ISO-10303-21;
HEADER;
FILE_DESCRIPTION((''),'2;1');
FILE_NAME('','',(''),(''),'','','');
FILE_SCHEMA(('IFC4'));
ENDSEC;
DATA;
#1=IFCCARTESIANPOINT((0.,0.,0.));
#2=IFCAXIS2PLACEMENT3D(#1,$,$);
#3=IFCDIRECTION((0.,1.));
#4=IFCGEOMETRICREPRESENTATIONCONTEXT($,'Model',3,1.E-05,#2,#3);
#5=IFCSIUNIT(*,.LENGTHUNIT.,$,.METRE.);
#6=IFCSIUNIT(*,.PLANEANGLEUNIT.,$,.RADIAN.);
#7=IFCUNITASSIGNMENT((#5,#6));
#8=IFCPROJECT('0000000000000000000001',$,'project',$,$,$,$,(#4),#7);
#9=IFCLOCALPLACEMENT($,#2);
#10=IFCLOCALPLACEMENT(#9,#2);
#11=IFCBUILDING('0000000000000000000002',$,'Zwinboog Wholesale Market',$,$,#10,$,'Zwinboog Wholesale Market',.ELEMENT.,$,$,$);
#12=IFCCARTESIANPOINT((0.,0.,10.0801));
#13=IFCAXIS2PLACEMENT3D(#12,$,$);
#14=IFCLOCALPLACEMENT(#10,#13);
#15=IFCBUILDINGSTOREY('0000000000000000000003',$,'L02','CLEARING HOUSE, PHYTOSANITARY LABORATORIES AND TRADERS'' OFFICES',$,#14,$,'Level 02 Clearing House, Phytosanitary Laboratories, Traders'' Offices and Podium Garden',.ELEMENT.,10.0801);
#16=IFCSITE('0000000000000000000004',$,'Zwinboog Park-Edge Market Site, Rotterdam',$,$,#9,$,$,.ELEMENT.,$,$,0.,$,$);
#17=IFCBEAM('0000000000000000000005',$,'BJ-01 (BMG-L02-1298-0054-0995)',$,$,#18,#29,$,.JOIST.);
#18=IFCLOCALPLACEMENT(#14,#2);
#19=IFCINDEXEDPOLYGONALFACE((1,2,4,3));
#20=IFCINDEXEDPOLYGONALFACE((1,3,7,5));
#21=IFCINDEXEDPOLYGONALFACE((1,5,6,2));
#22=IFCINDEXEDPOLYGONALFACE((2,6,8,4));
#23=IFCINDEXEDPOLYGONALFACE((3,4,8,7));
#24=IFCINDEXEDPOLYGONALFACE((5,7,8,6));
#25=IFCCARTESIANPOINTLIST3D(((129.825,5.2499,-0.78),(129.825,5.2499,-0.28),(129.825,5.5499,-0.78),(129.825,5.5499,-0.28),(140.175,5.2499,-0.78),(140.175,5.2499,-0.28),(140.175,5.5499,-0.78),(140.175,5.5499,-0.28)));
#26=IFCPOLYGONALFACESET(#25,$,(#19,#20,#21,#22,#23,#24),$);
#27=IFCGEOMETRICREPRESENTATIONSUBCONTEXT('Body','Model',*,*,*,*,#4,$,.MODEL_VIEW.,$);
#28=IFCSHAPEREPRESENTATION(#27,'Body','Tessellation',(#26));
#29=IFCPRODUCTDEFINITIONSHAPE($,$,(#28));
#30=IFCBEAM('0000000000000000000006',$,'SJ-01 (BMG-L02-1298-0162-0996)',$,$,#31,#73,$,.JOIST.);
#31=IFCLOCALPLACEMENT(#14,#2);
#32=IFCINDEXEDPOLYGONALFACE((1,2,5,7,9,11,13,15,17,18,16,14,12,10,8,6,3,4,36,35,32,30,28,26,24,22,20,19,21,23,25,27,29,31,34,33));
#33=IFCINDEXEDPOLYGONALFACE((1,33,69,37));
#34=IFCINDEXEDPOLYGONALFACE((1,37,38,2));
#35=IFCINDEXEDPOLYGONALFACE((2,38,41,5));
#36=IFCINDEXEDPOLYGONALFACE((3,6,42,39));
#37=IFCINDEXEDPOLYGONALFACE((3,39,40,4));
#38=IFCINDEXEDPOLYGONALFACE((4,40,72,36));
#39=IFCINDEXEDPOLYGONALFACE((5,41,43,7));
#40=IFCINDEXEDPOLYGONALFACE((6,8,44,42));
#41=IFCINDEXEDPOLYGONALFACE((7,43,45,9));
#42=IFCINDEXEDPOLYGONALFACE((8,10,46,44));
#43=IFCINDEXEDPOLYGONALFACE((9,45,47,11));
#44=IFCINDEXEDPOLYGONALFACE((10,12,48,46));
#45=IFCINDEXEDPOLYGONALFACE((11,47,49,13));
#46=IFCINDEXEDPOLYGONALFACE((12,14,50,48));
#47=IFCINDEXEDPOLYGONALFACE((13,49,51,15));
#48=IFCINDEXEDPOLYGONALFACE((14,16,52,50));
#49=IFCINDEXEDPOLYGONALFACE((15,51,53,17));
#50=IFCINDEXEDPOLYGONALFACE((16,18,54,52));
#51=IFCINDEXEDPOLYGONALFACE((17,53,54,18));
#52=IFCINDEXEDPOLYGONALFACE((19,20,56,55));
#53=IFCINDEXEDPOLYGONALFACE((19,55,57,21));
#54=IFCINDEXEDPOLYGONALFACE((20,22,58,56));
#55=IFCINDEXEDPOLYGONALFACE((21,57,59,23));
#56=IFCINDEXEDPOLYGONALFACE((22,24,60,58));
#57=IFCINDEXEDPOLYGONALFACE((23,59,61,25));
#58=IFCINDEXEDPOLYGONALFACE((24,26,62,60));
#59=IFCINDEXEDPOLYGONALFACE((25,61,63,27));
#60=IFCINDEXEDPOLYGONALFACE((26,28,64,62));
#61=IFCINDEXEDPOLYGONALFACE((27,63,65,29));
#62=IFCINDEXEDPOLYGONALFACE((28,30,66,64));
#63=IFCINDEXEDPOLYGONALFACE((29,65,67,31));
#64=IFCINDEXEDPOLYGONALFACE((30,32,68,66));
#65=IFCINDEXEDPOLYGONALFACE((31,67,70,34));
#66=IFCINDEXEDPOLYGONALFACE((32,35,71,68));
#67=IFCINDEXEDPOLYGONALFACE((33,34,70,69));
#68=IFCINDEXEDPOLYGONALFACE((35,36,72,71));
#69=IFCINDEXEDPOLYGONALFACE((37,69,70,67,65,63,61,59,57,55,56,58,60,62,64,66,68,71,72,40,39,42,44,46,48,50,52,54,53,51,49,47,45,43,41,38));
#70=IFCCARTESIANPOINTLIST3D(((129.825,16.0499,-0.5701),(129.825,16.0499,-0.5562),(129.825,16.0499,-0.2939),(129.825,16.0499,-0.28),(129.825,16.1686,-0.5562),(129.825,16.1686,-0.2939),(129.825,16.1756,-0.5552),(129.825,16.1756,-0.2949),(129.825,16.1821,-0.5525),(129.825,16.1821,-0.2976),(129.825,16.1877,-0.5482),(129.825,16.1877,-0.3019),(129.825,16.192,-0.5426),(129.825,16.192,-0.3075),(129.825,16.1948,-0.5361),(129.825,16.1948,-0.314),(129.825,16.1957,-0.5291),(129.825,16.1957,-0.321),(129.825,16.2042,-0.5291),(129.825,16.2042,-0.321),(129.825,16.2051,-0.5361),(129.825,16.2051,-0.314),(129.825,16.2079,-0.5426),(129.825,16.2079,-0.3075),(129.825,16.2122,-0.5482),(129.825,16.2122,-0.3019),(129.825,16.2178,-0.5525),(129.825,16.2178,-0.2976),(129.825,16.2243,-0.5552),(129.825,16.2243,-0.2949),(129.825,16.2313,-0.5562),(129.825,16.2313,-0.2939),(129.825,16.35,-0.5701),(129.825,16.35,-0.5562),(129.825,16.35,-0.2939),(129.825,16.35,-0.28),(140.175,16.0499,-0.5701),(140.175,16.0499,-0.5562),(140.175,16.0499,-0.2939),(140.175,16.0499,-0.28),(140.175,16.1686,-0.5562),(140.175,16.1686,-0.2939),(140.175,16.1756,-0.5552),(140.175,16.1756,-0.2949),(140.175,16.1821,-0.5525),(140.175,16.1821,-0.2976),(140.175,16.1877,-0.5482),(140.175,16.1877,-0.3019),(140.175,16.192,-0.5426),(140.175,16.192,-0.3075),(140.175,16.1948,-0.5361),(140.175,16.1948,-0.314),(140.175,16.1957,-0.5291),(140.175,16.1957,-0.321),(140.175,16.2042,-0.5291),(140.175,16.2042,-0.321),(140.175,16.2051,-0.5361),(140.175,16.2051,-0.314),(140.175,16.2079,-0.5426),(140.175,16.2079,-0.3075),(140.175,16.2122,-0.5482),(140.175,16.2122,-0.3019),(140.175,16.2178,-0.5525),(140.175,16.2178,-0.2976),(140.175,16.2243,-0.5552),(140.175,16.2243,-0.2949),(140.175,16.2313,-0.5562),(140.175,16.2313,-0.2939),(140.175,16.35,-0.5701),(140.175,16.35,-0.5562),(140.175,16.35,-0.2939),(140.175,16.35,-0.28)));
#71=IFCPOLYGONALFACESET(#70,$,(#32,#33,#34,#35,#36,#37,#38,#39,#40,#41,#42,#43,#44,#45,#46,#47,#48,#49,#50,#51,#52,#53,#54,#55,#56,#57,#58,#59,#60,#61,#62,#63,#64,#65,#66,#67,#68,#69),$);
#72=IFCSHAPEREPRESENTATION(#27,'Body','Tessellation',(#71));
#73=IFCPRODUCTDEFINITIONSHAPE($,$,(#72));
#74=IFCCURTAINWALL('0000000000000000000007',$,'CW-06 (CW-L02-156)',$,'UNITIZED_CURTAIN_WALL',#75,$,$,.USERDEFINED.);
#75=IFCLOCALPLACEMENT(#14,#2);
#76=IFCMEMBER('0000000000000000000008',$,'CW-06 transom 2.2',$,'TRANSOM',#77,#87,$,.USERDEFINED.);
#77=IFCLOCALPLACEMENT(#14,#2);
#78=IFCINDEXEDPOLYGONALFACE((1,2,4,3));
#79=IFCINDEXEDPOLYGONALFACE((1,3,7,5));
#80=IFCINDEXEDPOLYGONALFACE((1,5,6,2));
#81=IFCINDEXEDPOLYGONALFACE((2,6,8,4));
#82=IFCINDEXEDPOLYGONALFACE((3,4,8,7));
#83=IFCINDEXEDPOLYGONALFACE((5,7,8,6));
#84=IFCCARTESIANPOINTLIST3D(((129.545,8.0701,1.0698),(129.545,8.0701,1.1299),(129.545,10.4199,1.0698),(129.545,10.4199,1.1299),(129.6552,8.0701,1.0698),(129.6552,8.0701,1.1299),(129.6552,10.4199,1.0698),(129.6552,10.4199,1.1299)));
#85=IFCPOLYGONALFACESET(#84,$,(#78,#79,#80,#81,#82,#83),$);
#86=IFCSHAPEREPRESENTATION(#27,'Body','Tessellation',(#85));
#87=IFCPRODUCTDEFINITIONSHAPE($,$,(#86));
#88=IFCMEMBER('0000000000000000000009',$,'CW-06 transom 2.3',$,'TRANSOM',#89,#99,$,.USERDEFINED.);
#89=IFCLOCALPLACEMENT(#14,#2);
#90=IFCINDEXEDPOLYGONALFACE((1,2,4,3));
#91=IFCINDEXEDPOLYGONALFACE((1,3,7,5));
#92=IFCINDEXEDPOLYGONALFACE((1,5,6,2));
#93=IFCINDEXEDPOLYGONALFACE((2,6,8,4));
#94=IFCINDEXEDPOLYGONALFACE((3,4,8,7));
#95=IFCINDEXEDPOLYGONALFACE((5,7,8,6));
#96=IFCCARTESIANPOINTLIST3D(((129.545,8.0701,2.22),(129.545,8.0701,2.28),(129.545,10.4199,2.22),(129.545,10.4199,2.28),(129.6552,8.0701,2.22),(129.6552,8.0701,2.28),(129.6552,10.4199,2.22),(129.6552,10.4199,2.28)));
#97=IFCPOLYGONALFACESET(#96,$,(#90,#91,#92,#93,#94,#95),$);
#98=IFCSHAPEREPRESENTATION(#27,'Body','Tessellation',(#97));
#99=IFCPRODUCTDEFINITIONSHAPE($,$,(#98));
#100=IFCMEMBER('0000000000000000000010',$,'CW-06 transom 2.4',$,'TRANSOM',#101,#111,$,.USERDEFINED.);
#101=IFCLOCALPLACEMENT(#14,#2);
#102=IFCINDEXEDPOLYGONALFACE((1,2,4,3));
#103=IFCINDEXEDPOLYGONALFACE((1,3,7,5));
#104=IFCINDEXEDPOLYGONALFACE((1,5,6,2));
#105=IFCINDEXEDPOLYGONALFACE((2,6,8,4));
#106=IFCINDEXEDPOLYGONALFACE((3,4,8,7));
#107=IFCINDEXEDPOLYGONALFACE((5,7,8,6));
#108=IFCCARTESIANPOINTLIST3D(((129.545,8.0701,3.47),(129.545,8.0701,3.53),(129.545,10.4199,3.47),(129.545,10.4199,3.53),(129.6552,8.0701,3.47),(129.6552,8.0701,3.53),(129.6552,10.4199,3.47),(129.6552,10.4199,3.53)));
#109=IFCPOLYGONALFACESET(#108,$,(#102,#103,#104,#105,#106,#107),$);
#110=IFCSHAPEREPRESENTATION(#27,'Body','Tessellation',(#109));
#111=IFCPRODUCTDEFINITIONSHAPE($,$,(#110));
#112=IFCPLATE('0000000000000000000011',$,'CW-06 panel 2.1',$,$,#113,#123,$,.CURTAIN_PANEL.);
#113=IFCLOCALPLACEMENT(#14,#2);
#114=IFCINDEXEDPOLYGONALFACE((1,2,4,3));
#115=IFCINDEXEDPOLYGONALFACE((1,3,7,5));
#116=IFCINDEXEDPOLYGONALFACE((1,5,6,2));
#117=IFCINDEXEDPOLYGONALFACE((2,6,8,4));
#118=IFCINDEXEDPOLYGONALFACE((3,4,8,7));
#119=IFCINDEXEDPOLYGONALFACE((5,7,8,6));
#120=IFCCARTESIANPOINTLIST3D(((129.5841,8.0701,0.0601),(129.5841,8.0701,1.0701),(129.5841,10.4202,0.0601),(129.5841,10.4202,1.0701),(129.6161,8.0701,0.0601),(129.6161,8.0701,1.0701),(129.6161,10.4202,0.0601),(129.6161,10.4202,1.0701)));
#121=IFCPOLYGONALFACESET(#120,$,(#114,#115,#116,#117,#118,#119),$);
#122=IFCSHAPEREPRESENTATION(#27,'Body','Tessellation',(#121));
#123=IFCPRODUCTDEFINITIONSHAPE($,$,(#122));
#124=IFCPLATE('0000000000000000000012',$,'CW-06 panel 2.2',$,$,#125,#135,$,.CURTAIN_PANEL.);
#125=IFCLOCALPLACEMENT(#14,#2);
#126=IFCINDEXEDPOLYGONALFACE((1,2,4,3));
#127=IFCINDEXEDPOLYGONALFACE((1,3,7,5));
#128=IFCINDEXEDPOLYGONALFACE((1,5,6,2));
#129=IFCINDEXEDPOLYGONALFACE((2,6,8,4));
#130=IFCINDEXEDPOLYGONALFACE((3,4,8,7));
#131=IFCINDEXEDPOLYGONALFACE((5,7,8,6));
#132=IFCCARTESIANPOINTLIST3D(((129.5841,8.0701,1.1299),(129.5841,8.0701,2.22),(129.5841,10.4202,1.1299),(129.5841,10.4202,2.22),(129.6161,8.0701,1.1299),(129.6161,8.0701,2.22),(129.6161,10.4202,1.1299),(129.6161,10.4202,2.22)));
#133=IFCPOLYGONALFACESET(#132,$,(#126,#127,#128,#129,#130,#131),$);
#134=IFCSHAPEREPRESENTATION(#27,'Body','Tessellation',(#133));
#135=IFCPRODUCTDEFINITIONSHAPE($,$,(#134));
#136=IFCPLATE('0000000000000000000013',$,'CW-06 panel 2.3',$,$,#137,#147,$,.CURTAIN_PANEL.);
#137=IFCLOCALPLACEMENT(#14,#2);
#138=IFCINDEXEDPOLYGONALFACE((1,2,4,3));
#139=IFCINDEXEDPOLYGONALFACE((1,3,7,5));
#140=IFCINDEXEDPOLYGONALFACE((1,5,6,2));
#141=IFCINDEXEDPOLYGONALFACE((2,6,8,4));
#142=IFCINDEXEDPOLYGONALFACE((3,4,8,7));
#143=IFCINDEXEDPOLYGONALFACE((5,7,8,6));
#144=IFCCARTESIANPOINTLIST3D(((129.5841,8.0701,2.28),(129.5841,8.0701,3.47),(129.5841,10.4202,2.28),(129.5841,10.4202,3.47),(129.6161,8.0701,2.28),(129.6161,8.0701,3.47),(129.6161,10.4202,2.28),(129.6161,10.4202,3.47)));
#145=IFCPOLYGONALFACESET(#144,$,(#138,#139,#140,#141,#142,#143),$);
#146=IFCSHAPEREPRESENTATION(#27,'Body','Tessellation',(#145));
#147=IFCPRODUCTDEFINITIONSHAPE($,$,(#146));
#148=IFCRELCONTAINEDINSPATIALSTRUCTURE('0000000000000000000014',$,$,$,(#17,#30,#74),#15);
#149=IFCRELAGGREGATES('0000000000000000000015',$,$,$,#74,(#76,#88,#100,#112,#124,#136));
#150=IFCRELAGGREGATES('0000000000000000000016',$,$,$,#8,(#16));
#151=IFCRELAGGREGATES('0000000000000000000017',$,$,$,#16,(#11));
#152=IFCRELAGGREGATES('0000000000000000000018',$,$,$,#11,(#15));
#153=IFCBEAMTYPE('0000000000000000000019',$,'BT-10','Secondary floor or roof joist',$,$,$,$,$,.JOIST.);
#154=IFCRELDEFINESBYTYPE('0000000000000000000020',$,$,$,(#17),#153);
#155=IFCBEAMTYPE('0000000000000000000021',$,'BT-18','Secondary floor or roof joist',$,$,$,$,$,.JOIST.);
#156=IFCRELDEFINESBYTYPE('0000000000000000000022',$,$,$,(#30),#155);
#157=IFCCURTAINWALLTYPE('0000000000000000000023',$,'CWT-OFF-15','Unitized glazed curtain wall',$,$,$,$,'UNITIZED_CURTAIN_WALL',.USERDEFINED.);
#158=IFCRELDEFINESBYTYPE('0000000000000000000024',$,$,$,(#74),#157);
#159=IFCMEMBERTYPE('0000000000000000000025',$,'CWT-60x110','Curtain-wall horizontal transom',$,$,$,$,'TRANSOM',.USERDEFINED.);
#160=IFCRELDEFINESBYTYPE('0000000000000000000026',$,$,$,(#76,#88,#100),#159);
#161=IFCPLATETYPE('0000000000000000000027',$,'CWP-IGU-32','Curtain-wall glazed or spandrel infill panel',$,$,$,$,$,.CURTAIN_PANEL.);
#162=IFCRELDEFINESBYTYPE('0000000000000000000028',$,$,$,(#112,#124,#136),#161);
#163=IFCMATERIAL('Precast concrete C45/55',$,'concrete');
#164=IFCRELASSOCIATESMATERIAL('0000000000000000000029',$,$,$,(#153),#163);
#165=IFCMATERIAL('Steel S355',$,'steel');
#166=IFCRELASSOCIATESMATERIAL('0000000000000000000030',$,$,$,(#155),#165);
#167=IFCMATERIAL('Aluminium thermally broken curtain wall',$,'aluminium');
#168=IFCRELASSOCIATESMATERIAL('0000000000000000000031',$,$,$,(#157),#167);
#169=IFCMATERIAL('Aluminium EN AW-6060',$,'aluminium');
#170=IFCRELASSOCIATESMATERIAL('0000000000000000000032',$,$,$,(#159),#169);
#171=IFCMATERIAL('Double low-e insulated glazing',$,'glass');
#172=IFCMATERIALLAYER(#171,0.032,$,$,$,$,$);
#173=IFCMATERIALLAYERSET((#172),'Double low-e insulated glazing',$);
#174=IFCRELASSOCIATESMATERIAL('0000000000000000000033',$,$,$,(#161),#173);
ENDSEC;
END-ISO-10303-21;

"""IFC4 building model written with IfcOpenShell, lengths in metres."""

from ifc_helpers import new_model, si_unit, direction, frame, origin, origin_2d, place, context, subcontext, project, spatial, rectangle, i_section, extrude, material, layer, layer_set, material_profile, profile_set, type_object, element, aggregate, save


model = new_model("IFC4")

# Units and contexts
model_context = context("Model", 3, precision=1e-05, world=origin(), true_north=direction((0.0, 1.0)))
body_context = subcontext(model_context, "Body", "Model", "MODEL_VIEW")
ifc_project = project(units=[si_unit("LENGTHUNIT", "METRE"), si_unit("PLANEANGLEUNIT", "RADIAN")], contexts=[model_context])

# Site, building, storey
site_placement = place(None, origin())
site = spatial("IfcSite", under=ifc_project, at=site_placement, Name="Zwinboog Park-Edge Market Site, Rotterdam", CompositionType="ELEMENT", RefElevation=0.0)
building_placement = place(site_placement, origin())
building = spatial("IfcBuilding", under=site, at=building_placement, Name="Zwinboog Wholesale Market", LongName="Zwinboog Wholesale Market", CompositionType="ELEMENT")
storey_placement = place(building_placement, frame((0.0, 0.0, 10.0801)))
storey = spatial("IfcBuildingStorey", under=building, at=storey_placement, Name="L02", Description="CLEARING HOUSE, PHYTOSANITARY LABORATORIES AND TRADERS' OFFICES", LongName="Level 02 Clearing House, Phytosanitary Laboratories, Traders' Offices and Podium Garden", CompositionType="ELEMENT", Elevation=10.0801)

# Beams
ifc_material_1 = material(Name="Precast concrete C45/55", Category="concrete")
ifc_material_profile_1 = material_profile(ifc_material_1, rectangle(XDim=0.3, YDim=0.5, at=origin_2d()), Name="PC 300x500")
ifc_profile_set_1 = profile_set([ifc_material_profile_1], Name="Precast concrete C45/55")
beam_type_1 = type_object("IfcBeamType", Name="BT-10", Description="Secondary floor or roof joist", PredefinedType="JOIST", material=ifc_profile_set_1)
beam_1_placement = place(storey_placement, frame((129.825, 5.3999, -0.53), z_axis=(1.0, 0.0, 0.0), x_axis=(0.0, 1.0, 0.0)))
element("IfcBeam", 1, at=beam_1_placement, inside=storey, type_object=beam_type_1, Name="BJ-01 (BMG-L02-1298-0054-0995)", PredefinedType="JOIST", context=body_context, shape_type="SweptSolid", body=[
    extrude(rectangle(XDim=0.3, YDim=0.5, at=origin_2d()), origin(), (0.0, 0.0, 1.0), 10.3501),
])
ifc_material_2 = material(Name="Steel S355", Category="steel")
ifc_material_profile_2 = material_profile(ifc_material_2, i_section(OverallWidth=0.3, OverallDepth=0.29, WebThickness=0.0085, FlangeThickness=0.0139, FilletRadius=0.0271, at=origin_2d()), Name="HEA 300")
ifc_profile_set_2 = profile_set([ifc_material_profile_2], Name="Steel S355")
beam_type_2 = type_object("IfcBeamType", Name="BT-18", Description="Secondary floor or roof joist", PredefinedType="JOIST", material=ifc_profile_set_2)
beam_2_placement = place(storey_placement, frame((129.825, 16.2, -0.425), z_axis=(1.0, 0.0, 0.0), x_axis=(0.0, 1.0, 0.0)))
element("IfcBeam", 2, at=beam_2_placement, inside=storey, type_object=beam_type_2, Name="SJ-01 (BMG-L02-1298-0162-0996)", PredefinedType="JOIST", context=body_context, shape_type="SweptSolid", body=[
    extrude(i_section(OverallWidth=0.3, OverallDepth=0.29, WebThickness=0.0085, FlangeThickness=0.0139, FilletRadius=0.0271, at=origin_2d()), origin(), (0.0, 0.0, 1.0), 10.3501),
])

# Curtain wall, members, plates
ifc_material_3 = material(Name="Aluminium thermally broken curtain wall", Category="aluminium")
curtain_wall_type = type_object("IfcCurtainWallType", Name="CWT-OFF-15", Description="Unitized glazed curtain wall", ElementType="UNITIZED_CURTAIN_WALL", PredefinedType="USERDEFINED", material=ifc_material_3)
curtain_wall_placement = place(storey_placement, origin())
curtain_wall = element("IfcCurtainWall", 3, at=curtain_wall_placement, inside=storey, type_object=curtain_wall_type, Name="CW-06 (CW-L02-156)", ObjectType="UNITIZED_CURTAIN_WALL", PredefinedType="USERDEFINED")
ifc_material_4 = material(Name="Aluminium EN AW-6060", Category="aluminium")
ifc_material_profile_3 = material_profile(ifc_material_4, rectangle(XDim=0.1101, YDim=0.0601, at=origin_2d()), Name="AL 60x110")
ifc_profile_set_3 = profile_set([ifc_material_profile_3], Name="Aluminium EN AW-6060")
member_type = type_object("IfcMemberType", Name="CWT-60x110", Description="Curtain-wall horizontal transom", ElementType="TRANSOM", PredefinedType="USERDEFINED", material=ifc_profile_set_3)
member_1_placement = place(storey_placement, frame((129.6001, 8.0701, 1.0999), z_axis=(0.0, 1.0, 0.0), x_axis=(-1.0, 0.0, 0.0)))
member_1 = element("IfcMember", 4, at=member_1_placement, type_object=member_type, Name="CW-06 transom 2.2", ObjectType="TRANSOM", PredefinedType="USERDEFINED", context=body_context, shape_type="SweptSolid", body=[
    extrude(rectangle(XDim=0.1101, YDim=0.0601, at=origin_2d()), origin(), (0.0, 0.0, 1.0), 2.3499),
])
member_2_placement = place(storey_placement, frame((129.6001, 8.0701, 2.25), z_axis=(0.0, 1.0, 0.0), x_axis=(-1.0, 0.0, 0.0)))
member_2 = element("IfcMember", 5, at=member_2_placement, type_object=member_type, Name="CW-06 transom 2.3", ObjectType="TRANSOM", PredefinedType="USERDEFINED", context=body_context, shape_type="SweptSolid", body=[
    extrude(rectangle(XDim=0.1101, YDim=0.0601, at=origin_2d()), origin(), (0.0, 0.0, 1.0), 2.3499),
])
member_3_placement = place(storey_placement, frame((129.6001, 8.0701, 3.5), z_axis=(0.0, 1.0, 0.0), x_axis=(-1.0, 0.0, 0.0)))
member_3 = element("IfcMember", 6, at=member_3_placement, type_object=member_type, Name="CW-06 transom 2.4", ObjectType="TRANSOM", PredefinedType="USERDEFINED", context=body_context, shape_type="SweptSolid", body=[
    extrude(rectangle(XDim=0.1101, YDim=0.0601, at=origin_2d()), origin(), (0.0, 0.0, 1.0), 2.3499),
])
ifc_material_5 = material(Name="Double low-e insulated glazing", Category="glass")
ifc_layer_1 = layer(ifc_material_5, 0.032)
ifc_layer_set_1 = layer_set([ifc_layer_1], Name="Double low-e insulated glazing")
plate_type = type_object("IfcPlateType", Name="CWP-IGU-32", Description="Curtain-wall glazed or spandrel infill panel", PredefinedType="CURTAIN_PANEL", material=ifc_layer_set_1)
plate_1_placement = place(storey_placement, frame((129.6001, 9.2451, 0.0601), z_axis=(0.0, 0.0, 1.0), x_axis=(0.0, 1.0, 0.0)))
plate_1 = element("IfcPlate", 7, at=plate_1_placement, type_object=plate_type, Name="CW-06 panel 2.1", PredefinedType="CURTAIN_PANEL", context=body_context, shape_type="SweptSolid", body=[
    extrude(rectangle(XDim=2.3501, YDim=0.032, at=origin_2d()), origin(), (0.0, 0.0, 1.0), 1.01),
])
plate_2_placement = place(storey_placement, frame((129.6001, 9.2451, 1.1299), z_axis=(0.0, 0.0, 1.0), x_axis=(0.0, 1.0, 0.0)))
plate_2 = element("IfcPlate", 8, at=plate_2_placement, type_object=plate_type, Name="CW-06 panel 2.2", PredefinedType="CURTAIN_PANEL", context=body_context, shape_type="SweptSolid", body=[
    extrude(rectangle(XDim=2.3501, YDim=0.032, at=origin_2d()), origin(), (0.0, 0.0, 1.0), 1.0901),
])
plate_3_placement = place(storey_placement, frame((129.6001, 9.2451, 2.28), z_axis=(0.0, 0.0, 1.0), x_axis=(0.0, 1.0, 0.0)))
plate_3 = element("IfcPlate", 9, at=plate_3_placement, type_object=plate_type, Name="CW-06 panel 2.3", PredefinedType="CURTAIN_PANEL", context=body_context, shape_type="SweptSolid", body=[
    extrude(rectangle(XDim=2.3501, YDim=0.032, at=origin_2d()), origin(), (0.0, 0.0, 1.0), 1.1899),
])
aggregate(curtain_wall, [member_1, member_2, member_3, plate_1, plate_2, plate_3])

save(model, "model.ifc")
